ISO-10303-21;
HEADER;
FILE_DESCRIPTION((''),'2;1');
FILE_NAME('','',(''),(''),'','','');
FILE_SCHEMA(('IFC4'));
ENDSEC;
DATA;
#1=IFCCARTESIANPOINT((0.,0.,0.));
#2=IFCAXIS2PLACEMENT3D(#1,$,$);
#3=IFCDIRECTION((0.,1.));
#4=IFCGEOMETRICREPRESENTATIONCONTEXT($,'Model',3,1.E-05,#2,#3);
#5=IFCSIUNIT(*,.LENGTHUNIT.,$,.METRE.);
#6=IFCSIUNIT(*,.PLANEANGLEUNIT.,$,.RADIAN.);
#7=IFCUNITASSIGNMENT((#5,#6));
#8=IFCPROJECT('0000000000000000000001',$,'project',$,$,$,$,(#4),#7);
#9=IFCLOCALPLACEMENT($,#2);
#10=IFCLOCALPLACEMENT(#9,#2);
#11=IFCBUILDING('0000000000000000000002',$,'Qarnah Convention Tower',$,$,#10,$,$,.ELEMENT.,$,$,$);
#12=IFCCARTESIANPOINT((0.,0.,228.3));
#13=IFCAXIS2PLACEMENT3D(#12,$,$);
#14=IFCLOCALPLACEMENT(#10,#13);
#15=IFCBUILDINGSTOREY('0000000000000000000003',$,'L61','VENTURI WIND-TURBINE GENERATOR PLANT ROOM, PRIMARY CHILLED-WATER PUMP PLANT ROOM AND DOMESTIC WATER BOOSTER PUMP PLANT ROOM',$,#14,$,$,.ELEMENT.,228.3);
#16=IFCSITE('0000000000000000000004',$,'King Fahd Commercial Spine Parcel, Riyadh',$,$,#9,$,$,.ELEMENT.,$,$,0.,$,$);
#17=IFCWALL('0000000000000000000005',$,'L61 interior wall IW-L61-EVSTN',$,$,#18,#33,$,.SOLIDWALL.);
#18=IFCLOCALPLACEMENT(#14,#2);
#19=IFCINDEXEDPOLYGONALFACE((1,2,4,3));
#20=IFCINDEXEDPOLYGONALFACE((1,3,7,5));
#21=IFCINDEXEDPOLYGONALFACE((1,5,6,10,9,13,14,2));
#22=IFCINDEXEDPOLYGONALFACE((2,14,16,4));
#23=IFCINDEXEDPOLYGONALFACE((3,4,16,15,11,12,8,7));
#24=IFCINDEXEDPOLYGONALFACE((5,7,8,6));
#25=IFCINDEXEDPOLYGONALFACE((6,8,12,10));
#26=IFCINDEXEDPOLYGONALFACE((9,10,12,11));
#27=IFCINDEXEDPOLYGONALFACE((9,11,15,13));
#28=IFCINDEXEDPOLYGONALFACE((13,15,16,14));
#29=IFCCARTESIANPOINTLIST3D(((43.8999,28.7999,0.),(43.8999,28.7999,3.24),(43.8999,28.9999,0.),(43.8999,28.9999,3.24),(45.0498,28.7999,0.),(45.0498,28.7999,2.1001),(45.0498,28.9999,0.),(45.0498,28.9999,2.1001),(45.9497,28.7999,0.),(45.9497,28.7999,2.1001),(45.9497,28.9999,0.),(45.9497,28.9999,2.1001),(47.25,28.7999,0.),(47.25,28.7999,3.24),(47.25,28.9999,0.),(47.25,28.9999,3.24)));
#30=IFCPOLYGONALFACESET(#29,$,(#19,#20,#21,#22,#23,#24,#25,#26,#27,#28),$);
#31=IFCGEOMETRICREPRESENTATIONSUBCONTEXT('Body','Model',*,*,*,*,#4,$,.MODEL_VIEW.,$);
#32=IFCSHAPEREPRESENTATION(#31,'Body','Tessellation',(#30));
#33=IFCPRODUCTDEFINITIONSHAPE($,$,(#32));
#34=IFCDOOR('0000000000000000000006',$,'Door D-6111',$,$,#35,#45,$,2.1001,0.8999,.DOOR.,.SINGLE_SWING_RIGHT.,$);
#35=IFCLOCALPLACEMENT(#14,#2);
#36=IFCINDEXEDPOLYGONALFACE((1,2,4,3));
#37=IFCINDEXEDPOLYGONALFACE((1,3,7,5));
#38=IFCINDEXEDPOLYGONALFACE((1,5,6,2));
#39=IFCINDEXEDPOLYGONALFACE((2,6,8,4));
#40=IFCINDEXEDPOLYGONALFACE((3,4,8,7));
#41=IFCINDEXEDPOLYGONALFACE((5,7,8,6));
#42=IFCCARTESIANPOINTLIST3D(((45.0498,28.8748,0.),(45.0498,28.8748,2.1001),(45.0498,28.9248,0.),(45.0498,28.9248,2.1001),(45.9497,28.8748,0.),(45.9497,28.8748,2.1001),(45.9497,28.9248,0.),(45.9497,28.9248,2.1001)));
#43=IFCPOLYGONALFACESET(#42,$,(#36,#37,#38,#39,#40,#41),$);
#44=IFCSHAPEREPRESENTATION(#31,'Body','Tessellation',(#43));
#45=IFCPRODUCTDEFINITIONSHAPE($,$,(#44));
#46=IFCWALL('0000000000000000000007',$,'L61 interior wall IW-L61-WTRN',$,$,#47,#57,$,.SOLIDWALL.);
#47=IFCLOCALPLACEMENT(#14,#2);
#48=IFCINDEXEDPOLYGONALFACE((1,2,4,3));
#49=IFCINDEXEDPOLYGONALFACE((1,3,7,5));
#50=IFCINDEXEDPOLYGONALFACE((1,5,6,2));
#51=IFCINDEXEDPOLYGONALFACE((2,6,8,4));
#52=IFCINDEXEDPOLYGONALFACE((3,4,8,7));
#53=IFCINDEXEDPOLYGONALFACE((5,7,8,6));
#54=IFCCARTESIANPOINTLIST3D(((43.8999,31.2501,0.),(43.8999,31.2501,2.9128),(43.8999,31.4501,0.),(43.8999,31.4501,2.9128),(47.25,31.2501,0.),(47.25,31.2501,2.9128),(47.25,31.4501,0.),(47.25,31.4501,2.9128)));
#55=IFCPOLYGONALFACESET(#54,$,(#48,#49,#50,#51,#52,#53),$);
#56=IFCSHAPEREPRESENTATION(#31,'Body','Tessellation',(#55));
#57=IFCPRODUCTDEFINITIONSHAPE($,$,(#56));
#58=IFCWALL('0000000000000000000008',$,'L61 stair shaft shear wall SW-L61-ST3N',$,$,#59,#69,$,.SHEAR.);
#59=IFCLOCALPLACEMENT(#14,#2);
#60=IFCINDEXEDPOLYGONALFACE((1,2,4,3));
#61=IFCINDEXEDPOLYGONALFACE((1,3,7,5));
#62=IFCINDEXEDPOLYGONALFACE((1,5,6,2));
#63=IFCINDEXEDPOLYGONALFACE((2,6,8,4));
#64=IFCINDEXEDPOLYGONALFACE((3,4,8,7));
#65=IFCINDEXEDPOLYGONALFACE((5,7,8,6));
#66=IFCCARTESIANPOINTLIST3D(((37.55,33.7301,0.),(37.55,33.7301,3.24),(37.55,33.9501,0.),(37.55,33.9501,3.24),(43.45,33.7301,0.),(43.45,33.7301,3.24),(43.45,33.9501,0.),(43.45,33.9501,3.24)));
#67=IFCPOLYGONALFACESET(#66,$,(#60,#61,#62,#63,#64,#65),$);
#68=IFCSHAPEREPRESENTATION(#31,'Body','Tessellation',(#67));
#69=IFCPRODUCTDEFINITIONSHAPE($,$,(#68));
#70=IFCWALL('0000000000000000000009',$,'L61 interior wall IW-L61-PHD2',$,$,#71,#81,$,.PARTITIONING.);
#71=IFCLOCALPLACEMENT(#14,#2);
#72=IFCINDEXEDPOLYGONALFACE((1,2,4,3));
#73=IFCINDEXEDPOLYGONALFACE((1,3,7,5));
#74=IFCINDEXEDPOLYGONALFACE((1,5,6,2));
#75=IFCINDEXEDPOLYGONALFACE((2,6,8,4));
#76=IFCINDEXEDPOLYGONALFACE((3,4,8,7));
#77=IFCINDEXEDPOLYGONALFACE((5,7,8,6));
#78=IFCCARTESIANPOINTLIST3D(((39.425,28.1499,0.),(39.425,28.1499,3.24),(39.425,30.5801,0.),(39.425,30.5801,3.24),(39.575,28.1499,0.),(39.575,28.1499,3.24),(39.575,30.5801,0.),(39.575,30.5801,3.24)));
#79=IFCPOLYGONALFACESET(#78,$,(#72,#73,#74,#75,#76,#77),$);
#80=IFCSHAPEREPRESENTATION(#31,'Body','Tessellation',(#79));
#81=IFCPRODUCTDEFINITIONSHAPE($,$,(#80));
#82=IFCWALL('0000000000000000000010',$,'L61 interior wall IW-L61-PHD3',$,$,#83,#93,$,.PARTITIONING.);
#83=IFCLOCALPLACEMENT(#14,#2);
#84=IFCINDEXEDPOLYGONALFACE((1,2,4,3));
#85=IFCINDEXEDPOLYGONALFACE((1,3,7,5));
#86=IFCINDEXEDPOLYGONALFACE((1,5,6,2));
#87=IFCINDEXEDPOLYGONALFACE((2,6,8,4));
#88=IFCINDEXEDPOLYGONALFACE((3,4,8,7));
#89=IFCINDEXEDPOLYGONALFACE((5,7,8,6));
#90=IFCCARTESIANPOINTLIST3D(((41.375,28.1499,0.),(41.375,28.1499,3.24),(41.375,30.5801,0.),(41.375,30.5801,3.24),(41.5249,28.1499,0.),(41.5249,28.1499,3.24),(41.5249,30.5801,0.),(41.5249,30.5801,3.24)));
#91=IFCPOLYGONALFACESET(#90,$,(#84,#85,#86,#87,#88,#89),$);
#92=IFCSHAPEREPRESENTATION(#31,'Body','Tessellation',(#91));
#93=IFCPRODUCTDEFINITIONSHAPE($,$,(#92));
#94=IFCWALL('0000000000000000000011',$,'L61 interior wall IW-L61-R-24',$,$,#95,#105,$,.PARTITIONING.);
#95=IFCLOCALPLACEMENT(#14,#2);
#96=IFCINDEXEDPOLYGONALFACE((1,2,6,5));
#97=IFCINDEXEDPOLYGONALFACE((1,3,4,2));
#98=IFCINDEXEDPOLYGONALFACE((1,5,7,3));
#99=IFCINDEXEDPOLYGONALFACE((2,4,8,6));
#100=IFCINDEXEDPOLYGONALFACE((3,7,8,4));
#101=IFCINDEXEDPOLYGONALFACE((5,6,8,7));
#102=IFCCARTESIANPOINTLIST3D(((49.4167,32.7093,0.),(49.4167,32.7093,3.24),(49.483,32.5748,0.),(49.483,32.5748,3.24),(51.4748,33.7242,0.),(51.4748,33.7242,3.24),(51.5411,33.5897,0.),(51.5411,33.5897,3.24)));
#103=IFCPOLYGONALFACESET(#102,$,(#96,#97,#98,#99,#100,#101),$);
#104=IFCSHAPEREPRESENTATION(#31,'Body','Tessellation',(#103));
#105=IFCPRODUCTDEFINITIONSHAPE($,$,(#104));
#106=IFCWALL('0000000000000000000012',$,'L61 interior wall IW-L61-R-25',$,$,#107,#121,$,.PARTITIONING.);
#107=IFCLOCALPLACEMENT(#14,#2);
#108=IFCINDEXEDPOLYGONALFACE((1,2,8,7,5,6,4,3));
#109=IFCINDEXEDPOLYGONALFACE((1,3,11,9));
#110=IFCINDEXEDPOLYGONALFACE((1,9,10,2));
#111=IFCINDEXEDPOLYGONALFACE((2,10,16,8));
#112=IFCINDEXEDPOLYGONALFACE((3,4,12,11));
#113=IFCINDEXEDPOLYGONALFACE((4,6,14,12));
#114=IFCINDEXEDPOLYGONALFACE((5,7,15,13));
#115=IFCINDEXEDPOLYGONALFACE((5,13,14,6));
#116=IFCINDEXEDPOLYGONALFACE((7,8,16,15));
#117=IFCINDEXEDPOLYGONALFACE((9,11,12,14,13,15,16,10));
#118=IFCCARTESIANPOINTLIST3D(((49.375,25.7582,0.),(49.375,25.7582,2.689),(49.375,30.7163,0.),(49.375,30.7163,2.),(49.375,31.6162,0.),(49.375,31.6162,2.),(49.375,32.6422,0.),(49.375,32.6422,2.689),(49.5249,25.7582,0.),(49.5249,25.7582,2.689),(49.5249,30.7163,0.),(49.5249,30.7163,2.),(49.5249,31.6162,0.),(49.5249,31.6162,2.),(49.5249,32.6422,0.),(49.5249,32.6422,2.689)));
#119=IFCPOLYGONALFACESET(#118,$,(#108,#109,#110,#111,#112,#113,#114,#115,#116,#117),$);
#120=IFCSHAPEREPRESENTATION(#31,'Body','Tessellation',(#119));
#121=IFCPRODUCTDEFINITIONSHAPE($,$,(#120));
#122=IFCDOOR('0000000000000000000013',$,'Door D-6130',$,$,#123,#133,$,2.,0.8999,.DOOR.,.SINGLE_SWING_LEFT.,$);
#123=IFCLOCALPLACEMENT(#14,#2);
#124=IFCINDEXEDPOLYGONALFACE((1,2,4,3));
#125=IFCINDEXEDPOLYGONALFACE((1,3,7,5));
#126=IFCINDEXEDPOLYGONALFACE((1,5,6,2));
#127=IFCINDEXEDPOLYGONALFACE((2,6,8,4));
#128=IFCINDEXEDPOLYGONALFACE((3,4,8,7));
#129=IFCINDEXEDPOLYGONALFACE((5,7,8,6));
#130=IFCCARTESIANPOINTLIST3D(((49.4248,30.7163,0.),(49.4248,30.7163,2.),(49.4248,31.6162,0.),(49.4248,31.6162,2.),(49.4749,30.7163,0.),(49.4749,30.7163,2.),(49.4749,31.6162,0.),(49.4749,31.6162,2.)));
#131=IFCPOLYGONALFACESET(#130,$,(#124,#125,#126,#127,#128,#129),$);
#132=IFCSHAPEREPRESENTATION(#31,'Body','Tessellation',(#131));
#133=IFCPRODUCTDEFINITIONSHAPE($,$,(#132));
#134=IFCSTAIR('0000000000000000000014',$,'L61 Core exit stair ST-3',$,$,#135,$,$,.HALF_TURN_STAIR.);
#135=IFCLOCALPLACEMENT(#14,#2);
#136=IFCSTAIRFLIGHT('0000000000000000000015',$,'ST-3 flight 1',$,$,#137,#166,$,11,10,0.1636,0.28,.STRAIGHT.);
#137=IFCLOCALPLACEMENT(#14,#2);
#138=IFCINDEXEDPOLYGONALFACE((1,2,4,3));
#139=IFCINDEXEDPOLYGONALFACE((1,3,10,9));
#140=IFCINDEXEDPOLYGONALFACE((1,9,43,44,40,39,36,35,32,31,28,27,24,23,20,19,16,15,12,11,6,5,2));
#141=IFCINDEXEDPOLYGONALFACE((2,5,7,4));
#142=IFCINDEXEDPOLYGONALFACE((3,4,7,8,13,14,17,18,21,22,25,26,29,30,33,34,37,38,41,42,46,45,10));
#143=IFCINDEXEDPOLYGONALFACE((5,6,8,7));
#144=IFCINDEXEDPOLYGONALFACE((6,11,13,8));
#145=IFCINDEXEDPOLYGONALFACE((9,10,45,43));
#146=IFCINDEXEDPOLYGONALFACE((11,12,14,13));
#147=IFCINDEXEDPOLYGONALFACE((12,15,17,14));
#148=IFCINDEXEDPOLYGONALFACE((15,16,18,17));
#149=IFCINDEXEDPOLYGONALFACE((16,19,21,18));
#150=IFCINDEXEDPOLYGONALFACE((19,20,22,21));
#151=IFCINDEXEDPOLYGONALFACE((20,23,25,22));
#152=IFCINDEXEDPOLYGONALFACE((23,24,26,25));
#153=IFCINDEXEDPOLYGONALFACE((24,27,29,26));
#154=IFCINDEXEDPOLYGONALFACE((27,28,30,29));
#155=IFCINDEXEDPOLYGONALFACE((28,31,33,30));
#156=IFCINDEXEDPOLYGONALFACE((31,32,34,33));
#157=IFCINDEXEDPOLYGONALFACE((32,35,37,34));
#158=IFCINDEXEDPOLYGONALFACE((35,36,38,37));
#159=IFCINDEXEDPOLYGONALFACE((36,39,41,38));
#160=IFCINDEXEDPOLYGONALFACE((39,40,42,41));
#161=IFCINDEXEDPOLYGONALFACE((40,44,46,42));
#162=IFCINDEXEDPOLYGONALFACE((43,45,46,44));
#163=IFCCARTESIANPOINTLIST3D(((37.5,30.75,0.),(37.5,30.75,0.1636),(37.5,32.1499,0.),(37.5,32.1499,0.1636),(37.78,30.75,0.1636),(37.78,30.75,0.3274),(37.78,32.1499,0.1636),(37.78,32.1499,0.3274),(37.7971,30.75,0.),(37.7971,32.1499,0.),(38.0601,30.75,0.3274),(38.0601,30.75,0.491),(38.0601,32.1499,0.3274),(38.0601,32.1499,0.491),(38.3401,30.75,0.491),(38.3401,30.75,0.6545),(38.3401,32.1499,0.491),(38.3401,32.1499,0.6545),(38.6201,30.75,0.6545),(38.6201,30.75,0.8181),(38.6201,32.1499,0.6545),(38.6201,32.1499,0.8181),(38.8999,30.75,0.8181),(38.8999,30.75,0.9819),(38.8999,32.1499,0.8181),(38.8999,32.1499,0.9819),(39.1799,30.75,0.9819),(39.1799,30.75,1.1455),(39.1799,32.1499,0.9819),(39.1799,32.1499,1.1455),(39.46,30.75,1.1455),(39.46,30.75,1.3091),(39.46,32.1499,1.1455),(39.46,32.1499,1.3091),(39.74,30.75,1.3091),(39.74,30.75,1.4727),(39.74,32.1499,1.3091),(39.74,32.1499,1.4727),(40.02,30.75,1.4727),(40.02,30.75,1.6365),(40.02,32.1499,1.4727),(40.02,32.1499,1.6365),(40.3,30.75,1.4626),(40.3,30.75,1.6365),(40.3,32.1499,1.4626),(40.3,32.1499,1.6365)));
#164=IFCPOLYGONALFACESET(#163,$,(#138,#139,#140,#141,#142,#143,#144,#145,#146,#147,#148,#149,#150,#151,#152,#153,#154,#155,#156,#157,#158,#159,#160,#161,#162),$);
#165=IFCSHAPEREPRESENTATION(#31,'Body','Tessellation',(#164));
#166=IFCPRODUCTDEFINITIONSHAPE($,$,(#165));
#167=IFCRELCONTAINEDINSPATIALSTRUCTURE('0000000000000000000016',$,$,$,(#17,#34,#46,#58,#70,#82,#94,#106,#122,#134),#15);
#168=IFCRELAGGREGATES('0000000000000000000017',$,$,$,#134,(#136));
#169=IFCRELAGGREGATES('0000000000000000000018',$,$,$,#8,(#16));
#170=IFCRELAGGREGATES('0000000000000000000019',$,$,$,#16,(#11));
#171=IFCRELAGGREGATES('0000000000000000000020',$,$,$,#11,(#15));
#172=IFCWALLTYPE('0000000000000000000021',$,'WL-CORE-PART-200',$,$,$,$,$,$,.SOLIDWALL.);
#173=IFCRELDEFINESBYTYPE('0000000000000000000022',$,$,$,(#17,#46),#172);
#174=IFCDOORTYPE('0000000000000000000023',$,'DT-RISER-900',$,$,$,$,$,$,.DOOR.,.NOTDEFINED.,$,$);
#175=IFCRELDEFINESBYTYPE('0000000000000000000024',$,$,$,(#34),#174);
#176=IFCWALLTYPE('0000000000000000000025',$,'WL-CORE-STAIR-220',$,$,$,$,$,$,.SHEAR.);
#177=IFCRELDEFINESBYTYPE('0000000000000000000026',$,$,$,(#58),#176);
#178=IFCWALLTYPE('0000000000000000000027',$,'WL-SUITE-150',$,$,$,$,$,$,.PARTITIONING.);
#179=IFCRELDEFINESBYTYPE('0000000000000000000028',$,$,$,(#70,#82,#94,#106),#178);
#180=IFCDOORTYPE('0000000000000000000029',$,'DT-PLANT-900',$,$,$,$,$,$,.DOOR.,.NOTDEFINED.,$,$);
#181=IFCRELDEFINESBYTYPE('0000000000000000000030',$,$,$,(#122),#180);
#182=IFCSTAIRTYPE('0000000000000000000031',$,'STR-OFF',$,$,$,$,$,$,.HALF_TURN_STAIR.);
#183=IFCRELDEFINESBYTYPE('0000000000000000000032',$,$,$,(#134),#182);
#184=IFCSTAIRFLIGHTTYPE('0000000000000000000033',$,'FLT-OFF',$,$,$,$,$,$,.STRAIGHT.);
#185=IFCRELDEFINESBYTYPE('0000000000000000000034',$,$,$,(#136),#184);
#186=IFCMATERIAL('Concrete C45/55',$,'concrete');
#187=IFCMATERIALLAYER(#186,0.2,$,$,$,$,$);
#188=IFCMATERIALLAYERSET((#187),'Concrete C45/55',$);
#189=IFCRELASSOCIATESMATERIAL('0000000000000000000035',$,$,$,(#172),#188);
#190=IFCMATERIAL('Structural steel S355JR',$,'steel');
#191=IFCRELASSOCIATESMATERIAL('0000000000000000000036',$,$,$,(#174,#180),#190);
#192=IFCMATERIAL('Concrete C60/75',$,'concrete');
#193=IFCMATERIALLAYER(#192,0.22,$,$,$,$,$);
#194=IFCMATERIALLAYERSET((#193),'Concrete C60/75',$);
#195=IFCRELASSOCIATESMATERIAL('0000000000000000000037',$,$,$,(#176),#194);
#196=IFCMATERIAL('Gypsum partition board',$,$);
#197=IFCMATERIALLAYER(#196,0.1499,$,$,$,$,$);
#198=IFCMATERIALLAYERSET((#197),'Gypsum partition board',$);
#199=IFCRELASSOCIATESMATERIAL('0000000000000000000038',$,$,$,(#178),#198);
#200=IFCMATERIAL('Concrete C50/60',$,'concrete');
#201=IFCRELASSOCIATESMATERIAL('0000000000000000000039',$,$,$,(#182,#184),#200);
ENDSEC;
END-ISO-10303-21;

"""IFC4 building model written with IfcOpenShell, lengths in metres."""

from ifc_helpers import new_model, si_unit, direction, frame, frame_2d, origin, place, context, subcontext, project, spatial, polyline, rectangle, outline, extrude, material, layer, layer_set, type_object, element, fill, aggregate, save


model = new_model("IFC4")

# Units and contexts
model_context = context("Model", 3, precision=1e-05, world=origin(), true_north=direction((0.0, 1.0)))
body_context = subcontext(model_context, "Body", "Model", "MODEL_VIEW")
ifc_project = project(units=[si_unit("LENGTHUNIT", "METRE"), si_unit("PLANEANGLEUNIT", "RADIAN")], contexts=[model_context])

# Site, building, storey
site_placement = place(None, origin())
site = spatial("IfcSite", under=ifc_project, at=site_placement, Name="King Fahd Commercial Spine Parcel, Riyadh", CompositionType="ELEMENT", RefElevation=0.0)
building_placement = place(site_placement, origin())
building = spatial("IfcBuilding", under=site, at=building_placement, Name="Qarnah Convention Tower", CompositionType="ELEMENT")
storey_placement = place(building_placement, frame((0.0, 0.0, 228.3)))
storey = spatial("IfcBuildingStorey", under=building, at=storey_placement, Name="L61", Description="VENTURI WIND-TURBINE GENERATOR PLANT ROOM, PRIMARY CHILLED-WATER PUMP PLANT ROOM AND DOMESTIC WATER BOOSTER PUMP PLANT ROOM", CompositionType="ELEMENT", Elevation=228.3)

# Shared definitions
ifc_material_1 = material(Name="Concrete C50/60", Category="concrete")

# Shared definitions
ifc_material_2 = material(Name="Structural steel S355JR", Category="steel")

# Wall, opening, door
ifc_material_3 = material(Name="Concrete C45/55", Category="concrete")
ifc_layer_1 = layer(ifc_material_3, 0.2)
ifc_layer_set_1 = layer_set([ifc_layer_1], Name="Concrete C45/55")
wall_type_1 = type_object("IfcWallType", Name="WL-CORE-PART-200", PredefinedType="SOLIDWALL", material=ifc_layer_set_1)
wall_1_placement = place(storey_placement, frame((43.8999, 28.8999, 0.0), z_axis=(0.0, 0.0, 1.0), x_axis=(1.0, 0.0, 0.0)))
wall_1 = element("IfcWall", 1, at=wall_1_placement, inside=storey, type_object=wall_type_1, Name="L61 interior wall IW-L61-EVSTN", PredefinedType="SOLIDWALL", context=body_context, shape_type="SweptSolid", body=[
    extrude(rectangle(XDim=3.3501, YDim=0.2, at=frame_2d((1.675, 0.0))), origin(), (0.0, 0.0, 1.0), 3.24),
])
opening_1_placement = place(wall_1_placement, frame((1.1499, 0.0, 0.0)))
opening_1 = element("IfcOpeningElement", 2, at=opening_1_placement, cuts=wall_1, PredefinedType="OPENING", context=body_context, shape_type="SweptSolid", body=[
    extrude(rectangle(XDim=0.8999, YDim=2.1001, at=frame_2d((0.45, 1.05))), frame((0.0, 0.1099, 0.0), z_axis=(0.0, -1.0, 0.0), x_axis=(1.0, 0.0, 0.0)), (0.0, 0.0, 1.0), 0.22),
])
door_type_1 = type_object("IfcDoorType", Name="DT-RISER-900", OperationType="NOTDEFINED", PredefinedType="DOOR", material=ifc_material_2)
door_1_placement = place(opening_1_placement, origin())
door_1 = element("IfcDoor", 3, at=door_1_placement, inside=storey, type_object=door_type_1, Name="Door D-6111", OperationType="SINGLE_SWING_RIGHT", OverallHeight=2.1001, OverallWidth=0.8999, PredefinedType="DOOR", context=body_context, shape_type="SweptSolid", body=[
    extrude(rectangle(XDim=0.8999, YDim=2.1001, at=frame_2d((0.45, 1.05))), frame((0.0, 0.0249, 0.0), z_axis=(0.0, -1.0, 0.0), x_axis=(1.0, 0.0, 0.0)), (0.0, 0.0, 1.0), 0.05),
])
fill(opening_1, door_1)

# Walls
wall_2_placement = place(storey_placement, frame((43.8999, 31.3501, 0.0), z_axis=(0.0, 0.0, 1.0), x_axis=(1.0, 0.0, 0.0)))
element("IfcWall", 4, at=wall_2_placement, inside=storey, type_object=wall_type_1, Name="L61 interior wall IW-L61-WTRN", PredefinedType="SOLIDWALL", context=body_context, shape_type="SweptSolid", body=[
    extrude(rectangle(XDim=3.3501, YDim=0.2, at=frame_2d((1.675, 0.0))), origin(), (0.0, 0.0, 1.0), 2.9128),
])
ifc_material_4 = material(Name="Concrete C60/75", Category="concrete")
ifc_layer_2 = layer(ifc_material_4, 0.22)
ifc_layer_set_2 = layer_set([ifc_layer_2], Name="Concrete C60/75")
wall_type_2 = type_object("IfcWallType", Name="WL-CORE-STAIR-220", PredefinedType="SHEAR", material=ifc_layer_set_2)
wall_3_placement = place(storey_placement, frame((37.55, 33.8401, 0.0), z_axis=(0.0, 0.0, 1.0), x_axis=(1.0, 0.0, 0.0)))
element("IfcWall", 5, at=wall_3_placement, inside=storey, type_object=wall_type_2, Name="L61 stair shaft shear wall SW-L61-ST3N", PredefinedType="SHEAR", context=body_context, shape_type="SweptSolid", body=[
    extrude(rectangle(XDim=5.8999, YDim=0.22, at=frame_2d((2.95, 0.0))), origin(), (0.0, 0.0, 1.0), 3.24),
])
ifc_material_5 = material(Name="Gypsum partition board")
ifc_layer_3 = layer(ifc_material_5, 0.1499)
ifc_layer_set_3 = layer_set([ifc_layer_3], Name="Gypsum partition board")
wall_type_3 = type_object("IfcWallType", Name="WL-SUITE-150", PredefinedType="PARTITIONING", material=ifc_layer_set_3)
for number, where, z_axis, x_axis, name in (
    (6, (39.5, 28.1499, 0.0), (0.0, 0.0, 1.0), (0.0, 1.0, 0.0), "L61 interior wall IW-L61-PHD2"),
    (7, (41.45, 28.1499, 0.0), (0.0, 0.0, 1.0), (0.0, 1.0, 0.0), "L61 interior wall IW-L61-PHD3"),
):
    element("IfcWall", number, at=place(storey_placement, frame(where, z_axis=z_axis, x_axis=x_axis)), inside=storey, type_object=wall_type_3, Name=name, PredefinedType="PARTITIONING", context=body_context, shape_type="SweptSolid", body=[
        extrude(rectangle(XDim=2.4302, YDim=0.1499, at=frame_2d((1.2151, 0.0))), origin(), (0.0, 0.0, 1.0), 3.24),
    ])
wall_4_placement = place(storey_placement, frame((51.5081, 33.657, 0.0), z_axis=(0.0, 0.0, 1.0), x_axis=(-0.896882, -0.44227, 0.0)))
element("IfcWall", 8, at=wall_4_placement, inside=storey, type_object=wall_type_3, Name="L61 interior wall IW-L61-R-24", PredefinedType="PARTITIONING", context=body_context, shape_type="SweptSolid", body=[
    extrude(rectangle(XDim=2.2947, YDim=0.1499, at=frame_2d((1.1475, 0.0))), origin(), (0.0, 0.0, 1.0), 3.24),
])

# Wall, opening, door
wall_5_placement = place(storey_placement, frame((49.45, 32.6421, 0.0), z_axis=(0.0, 0.0, 1.0), x_axis=(0.0, -1.0, 0.0)))
wall_5 = element("IfcWall", 9, at=wall_5_placement, inside=storey, type_object=wall_type_3, Name="L61 interior wall IW-L61-R-25", PredefinedType="PARTITIONING", context=body_context, shape_type="SweptSolid", body=[
    extrude(rectangle(XDim=6.884, YDim=0.1499, at=frame_2d((3.4419, 0.0))), origin(), (0.0, 0.0, 1.0), 2.689),
])
opening_2_placement = place(wall_5_placement, frame((1.0259, 0.0, 0.0)))
opening_2 = element("IfcOpeningElement", 10, at=opening_2_placement, cuts=wall_5, PredefinedType="OPENING", context=body_context, shape_type="SweptSolid", body=[
    extrude(rectangle(XDim=0.8999, YDim=2.0, at=frame_2d((0.45, 1.0))), frame((0.0, 0.085, 0.0), z_axis=(0.0, -1.0, 0.0), x_axis=(1.0, 0.0, 0.0)), (0.0, 0.0, 1.0), 0.1699),
])
door_type_2 = type_object("IfcDoorType", Name="DT-PLANT-900", OperationType="NOTDEFINED", PredefinedType="DOOR", material=ifc_material_2)
door_2_placement = place(opening_2_placement, origin())
door_2 = element("IfcDoor", 11, at=door_2_placement, inside=storey, type_object=door_type_2, Name="Door D-6130", OperationType="SINGLE_SWING_LEFT", OverallHeight=2.0, OverallWidth=0.8999, PredefinedType="DOOR", context=body_context, shape_type="SweptSolid", body=[
    extrude(rectangle(XDim=0.8999, YDim=2.0, at=frame_2d((0.45, 1.0))), frame((0.0, 0.0249, 0.0), z_axis=(0.0, -1.0, 0.0), x_axis=(1.0, 0.0, 0.0)), (0.0, 0.0, 1.0), 0.05),
])
fill(opening_2, door_2)

# Stair, stair flight
stair_type = type_object("IfcStairType", Name="STR-OFF", PredefinedType="HALF_TURN_STAIR", material=ifc_material_1)
stair_placement = place(storey_placement, origin())
stair = element("IfcStair", 12, at=stair_placement, inside=storey, type_object=stair_type, Name="L61 Core exit stair ST-3", PredefinedType="HALF_TURN_STAIR")
stair_flight_type = type_object("IfcStairFlightType", Name="FLT-OFF", PredefinedType="STRAIGHT", material=ifc_material_1)
stair_flight_1_placement = place(storey_placement, frame((37.5, 31.45, 0.0), z_axis=(0.0, 0.0, 1.0), x_axis=(1.0, 0.0, 0.0)))
stair_flight_1 = element("IfcStairFlight", 13, at=stair_flight_1_placement, type_object=stair_flight_type, Name="ST-3 flight 1", NumberOfRisers=11, NumberOfTreads=10, PredefinedType="STRAIGHT", RiserHeight=0.1636, TreadLength=0.28, context=body_context, shape_type="SweptSolid", body=[
    extrude(outline(polyline([(0.0, 0.0), (0.0, 0.1636), (0.28, 0.1636), (0.28, 0.3274), (0.5601, 0.3274), (0.5601, 0.491), (0.8401, 0.491), (0.8401, 0.6545), (1.1201, 0.6545), (1.1201, 0.8181), (1.3999, 0.8181), (1.3999, 0.9819), (1.6799, 0.9819), (1.6799, 1.1455), (1.96, 1.1455), (1.96, 1.3091), (2.24, 1.3091), (2.24, 1.4727), (2.52, 1.4727), (2.52, 1.6365), (2.8, 1.6365), (2.8, 1.8), (2.8, 1.4626), (0.2971, 0.0), (0.0, 0.0)])), frame((0.0, 0.7, 0.0), z_axis=(0.0, -1.0, 0.0), x_axis=(1.0, 0.0, 0.0)), (0.0, 0.0, 1.0), 1.3999),
])
aggregate(stair, [stair_flight_1])

save(model, "model.ifc")
